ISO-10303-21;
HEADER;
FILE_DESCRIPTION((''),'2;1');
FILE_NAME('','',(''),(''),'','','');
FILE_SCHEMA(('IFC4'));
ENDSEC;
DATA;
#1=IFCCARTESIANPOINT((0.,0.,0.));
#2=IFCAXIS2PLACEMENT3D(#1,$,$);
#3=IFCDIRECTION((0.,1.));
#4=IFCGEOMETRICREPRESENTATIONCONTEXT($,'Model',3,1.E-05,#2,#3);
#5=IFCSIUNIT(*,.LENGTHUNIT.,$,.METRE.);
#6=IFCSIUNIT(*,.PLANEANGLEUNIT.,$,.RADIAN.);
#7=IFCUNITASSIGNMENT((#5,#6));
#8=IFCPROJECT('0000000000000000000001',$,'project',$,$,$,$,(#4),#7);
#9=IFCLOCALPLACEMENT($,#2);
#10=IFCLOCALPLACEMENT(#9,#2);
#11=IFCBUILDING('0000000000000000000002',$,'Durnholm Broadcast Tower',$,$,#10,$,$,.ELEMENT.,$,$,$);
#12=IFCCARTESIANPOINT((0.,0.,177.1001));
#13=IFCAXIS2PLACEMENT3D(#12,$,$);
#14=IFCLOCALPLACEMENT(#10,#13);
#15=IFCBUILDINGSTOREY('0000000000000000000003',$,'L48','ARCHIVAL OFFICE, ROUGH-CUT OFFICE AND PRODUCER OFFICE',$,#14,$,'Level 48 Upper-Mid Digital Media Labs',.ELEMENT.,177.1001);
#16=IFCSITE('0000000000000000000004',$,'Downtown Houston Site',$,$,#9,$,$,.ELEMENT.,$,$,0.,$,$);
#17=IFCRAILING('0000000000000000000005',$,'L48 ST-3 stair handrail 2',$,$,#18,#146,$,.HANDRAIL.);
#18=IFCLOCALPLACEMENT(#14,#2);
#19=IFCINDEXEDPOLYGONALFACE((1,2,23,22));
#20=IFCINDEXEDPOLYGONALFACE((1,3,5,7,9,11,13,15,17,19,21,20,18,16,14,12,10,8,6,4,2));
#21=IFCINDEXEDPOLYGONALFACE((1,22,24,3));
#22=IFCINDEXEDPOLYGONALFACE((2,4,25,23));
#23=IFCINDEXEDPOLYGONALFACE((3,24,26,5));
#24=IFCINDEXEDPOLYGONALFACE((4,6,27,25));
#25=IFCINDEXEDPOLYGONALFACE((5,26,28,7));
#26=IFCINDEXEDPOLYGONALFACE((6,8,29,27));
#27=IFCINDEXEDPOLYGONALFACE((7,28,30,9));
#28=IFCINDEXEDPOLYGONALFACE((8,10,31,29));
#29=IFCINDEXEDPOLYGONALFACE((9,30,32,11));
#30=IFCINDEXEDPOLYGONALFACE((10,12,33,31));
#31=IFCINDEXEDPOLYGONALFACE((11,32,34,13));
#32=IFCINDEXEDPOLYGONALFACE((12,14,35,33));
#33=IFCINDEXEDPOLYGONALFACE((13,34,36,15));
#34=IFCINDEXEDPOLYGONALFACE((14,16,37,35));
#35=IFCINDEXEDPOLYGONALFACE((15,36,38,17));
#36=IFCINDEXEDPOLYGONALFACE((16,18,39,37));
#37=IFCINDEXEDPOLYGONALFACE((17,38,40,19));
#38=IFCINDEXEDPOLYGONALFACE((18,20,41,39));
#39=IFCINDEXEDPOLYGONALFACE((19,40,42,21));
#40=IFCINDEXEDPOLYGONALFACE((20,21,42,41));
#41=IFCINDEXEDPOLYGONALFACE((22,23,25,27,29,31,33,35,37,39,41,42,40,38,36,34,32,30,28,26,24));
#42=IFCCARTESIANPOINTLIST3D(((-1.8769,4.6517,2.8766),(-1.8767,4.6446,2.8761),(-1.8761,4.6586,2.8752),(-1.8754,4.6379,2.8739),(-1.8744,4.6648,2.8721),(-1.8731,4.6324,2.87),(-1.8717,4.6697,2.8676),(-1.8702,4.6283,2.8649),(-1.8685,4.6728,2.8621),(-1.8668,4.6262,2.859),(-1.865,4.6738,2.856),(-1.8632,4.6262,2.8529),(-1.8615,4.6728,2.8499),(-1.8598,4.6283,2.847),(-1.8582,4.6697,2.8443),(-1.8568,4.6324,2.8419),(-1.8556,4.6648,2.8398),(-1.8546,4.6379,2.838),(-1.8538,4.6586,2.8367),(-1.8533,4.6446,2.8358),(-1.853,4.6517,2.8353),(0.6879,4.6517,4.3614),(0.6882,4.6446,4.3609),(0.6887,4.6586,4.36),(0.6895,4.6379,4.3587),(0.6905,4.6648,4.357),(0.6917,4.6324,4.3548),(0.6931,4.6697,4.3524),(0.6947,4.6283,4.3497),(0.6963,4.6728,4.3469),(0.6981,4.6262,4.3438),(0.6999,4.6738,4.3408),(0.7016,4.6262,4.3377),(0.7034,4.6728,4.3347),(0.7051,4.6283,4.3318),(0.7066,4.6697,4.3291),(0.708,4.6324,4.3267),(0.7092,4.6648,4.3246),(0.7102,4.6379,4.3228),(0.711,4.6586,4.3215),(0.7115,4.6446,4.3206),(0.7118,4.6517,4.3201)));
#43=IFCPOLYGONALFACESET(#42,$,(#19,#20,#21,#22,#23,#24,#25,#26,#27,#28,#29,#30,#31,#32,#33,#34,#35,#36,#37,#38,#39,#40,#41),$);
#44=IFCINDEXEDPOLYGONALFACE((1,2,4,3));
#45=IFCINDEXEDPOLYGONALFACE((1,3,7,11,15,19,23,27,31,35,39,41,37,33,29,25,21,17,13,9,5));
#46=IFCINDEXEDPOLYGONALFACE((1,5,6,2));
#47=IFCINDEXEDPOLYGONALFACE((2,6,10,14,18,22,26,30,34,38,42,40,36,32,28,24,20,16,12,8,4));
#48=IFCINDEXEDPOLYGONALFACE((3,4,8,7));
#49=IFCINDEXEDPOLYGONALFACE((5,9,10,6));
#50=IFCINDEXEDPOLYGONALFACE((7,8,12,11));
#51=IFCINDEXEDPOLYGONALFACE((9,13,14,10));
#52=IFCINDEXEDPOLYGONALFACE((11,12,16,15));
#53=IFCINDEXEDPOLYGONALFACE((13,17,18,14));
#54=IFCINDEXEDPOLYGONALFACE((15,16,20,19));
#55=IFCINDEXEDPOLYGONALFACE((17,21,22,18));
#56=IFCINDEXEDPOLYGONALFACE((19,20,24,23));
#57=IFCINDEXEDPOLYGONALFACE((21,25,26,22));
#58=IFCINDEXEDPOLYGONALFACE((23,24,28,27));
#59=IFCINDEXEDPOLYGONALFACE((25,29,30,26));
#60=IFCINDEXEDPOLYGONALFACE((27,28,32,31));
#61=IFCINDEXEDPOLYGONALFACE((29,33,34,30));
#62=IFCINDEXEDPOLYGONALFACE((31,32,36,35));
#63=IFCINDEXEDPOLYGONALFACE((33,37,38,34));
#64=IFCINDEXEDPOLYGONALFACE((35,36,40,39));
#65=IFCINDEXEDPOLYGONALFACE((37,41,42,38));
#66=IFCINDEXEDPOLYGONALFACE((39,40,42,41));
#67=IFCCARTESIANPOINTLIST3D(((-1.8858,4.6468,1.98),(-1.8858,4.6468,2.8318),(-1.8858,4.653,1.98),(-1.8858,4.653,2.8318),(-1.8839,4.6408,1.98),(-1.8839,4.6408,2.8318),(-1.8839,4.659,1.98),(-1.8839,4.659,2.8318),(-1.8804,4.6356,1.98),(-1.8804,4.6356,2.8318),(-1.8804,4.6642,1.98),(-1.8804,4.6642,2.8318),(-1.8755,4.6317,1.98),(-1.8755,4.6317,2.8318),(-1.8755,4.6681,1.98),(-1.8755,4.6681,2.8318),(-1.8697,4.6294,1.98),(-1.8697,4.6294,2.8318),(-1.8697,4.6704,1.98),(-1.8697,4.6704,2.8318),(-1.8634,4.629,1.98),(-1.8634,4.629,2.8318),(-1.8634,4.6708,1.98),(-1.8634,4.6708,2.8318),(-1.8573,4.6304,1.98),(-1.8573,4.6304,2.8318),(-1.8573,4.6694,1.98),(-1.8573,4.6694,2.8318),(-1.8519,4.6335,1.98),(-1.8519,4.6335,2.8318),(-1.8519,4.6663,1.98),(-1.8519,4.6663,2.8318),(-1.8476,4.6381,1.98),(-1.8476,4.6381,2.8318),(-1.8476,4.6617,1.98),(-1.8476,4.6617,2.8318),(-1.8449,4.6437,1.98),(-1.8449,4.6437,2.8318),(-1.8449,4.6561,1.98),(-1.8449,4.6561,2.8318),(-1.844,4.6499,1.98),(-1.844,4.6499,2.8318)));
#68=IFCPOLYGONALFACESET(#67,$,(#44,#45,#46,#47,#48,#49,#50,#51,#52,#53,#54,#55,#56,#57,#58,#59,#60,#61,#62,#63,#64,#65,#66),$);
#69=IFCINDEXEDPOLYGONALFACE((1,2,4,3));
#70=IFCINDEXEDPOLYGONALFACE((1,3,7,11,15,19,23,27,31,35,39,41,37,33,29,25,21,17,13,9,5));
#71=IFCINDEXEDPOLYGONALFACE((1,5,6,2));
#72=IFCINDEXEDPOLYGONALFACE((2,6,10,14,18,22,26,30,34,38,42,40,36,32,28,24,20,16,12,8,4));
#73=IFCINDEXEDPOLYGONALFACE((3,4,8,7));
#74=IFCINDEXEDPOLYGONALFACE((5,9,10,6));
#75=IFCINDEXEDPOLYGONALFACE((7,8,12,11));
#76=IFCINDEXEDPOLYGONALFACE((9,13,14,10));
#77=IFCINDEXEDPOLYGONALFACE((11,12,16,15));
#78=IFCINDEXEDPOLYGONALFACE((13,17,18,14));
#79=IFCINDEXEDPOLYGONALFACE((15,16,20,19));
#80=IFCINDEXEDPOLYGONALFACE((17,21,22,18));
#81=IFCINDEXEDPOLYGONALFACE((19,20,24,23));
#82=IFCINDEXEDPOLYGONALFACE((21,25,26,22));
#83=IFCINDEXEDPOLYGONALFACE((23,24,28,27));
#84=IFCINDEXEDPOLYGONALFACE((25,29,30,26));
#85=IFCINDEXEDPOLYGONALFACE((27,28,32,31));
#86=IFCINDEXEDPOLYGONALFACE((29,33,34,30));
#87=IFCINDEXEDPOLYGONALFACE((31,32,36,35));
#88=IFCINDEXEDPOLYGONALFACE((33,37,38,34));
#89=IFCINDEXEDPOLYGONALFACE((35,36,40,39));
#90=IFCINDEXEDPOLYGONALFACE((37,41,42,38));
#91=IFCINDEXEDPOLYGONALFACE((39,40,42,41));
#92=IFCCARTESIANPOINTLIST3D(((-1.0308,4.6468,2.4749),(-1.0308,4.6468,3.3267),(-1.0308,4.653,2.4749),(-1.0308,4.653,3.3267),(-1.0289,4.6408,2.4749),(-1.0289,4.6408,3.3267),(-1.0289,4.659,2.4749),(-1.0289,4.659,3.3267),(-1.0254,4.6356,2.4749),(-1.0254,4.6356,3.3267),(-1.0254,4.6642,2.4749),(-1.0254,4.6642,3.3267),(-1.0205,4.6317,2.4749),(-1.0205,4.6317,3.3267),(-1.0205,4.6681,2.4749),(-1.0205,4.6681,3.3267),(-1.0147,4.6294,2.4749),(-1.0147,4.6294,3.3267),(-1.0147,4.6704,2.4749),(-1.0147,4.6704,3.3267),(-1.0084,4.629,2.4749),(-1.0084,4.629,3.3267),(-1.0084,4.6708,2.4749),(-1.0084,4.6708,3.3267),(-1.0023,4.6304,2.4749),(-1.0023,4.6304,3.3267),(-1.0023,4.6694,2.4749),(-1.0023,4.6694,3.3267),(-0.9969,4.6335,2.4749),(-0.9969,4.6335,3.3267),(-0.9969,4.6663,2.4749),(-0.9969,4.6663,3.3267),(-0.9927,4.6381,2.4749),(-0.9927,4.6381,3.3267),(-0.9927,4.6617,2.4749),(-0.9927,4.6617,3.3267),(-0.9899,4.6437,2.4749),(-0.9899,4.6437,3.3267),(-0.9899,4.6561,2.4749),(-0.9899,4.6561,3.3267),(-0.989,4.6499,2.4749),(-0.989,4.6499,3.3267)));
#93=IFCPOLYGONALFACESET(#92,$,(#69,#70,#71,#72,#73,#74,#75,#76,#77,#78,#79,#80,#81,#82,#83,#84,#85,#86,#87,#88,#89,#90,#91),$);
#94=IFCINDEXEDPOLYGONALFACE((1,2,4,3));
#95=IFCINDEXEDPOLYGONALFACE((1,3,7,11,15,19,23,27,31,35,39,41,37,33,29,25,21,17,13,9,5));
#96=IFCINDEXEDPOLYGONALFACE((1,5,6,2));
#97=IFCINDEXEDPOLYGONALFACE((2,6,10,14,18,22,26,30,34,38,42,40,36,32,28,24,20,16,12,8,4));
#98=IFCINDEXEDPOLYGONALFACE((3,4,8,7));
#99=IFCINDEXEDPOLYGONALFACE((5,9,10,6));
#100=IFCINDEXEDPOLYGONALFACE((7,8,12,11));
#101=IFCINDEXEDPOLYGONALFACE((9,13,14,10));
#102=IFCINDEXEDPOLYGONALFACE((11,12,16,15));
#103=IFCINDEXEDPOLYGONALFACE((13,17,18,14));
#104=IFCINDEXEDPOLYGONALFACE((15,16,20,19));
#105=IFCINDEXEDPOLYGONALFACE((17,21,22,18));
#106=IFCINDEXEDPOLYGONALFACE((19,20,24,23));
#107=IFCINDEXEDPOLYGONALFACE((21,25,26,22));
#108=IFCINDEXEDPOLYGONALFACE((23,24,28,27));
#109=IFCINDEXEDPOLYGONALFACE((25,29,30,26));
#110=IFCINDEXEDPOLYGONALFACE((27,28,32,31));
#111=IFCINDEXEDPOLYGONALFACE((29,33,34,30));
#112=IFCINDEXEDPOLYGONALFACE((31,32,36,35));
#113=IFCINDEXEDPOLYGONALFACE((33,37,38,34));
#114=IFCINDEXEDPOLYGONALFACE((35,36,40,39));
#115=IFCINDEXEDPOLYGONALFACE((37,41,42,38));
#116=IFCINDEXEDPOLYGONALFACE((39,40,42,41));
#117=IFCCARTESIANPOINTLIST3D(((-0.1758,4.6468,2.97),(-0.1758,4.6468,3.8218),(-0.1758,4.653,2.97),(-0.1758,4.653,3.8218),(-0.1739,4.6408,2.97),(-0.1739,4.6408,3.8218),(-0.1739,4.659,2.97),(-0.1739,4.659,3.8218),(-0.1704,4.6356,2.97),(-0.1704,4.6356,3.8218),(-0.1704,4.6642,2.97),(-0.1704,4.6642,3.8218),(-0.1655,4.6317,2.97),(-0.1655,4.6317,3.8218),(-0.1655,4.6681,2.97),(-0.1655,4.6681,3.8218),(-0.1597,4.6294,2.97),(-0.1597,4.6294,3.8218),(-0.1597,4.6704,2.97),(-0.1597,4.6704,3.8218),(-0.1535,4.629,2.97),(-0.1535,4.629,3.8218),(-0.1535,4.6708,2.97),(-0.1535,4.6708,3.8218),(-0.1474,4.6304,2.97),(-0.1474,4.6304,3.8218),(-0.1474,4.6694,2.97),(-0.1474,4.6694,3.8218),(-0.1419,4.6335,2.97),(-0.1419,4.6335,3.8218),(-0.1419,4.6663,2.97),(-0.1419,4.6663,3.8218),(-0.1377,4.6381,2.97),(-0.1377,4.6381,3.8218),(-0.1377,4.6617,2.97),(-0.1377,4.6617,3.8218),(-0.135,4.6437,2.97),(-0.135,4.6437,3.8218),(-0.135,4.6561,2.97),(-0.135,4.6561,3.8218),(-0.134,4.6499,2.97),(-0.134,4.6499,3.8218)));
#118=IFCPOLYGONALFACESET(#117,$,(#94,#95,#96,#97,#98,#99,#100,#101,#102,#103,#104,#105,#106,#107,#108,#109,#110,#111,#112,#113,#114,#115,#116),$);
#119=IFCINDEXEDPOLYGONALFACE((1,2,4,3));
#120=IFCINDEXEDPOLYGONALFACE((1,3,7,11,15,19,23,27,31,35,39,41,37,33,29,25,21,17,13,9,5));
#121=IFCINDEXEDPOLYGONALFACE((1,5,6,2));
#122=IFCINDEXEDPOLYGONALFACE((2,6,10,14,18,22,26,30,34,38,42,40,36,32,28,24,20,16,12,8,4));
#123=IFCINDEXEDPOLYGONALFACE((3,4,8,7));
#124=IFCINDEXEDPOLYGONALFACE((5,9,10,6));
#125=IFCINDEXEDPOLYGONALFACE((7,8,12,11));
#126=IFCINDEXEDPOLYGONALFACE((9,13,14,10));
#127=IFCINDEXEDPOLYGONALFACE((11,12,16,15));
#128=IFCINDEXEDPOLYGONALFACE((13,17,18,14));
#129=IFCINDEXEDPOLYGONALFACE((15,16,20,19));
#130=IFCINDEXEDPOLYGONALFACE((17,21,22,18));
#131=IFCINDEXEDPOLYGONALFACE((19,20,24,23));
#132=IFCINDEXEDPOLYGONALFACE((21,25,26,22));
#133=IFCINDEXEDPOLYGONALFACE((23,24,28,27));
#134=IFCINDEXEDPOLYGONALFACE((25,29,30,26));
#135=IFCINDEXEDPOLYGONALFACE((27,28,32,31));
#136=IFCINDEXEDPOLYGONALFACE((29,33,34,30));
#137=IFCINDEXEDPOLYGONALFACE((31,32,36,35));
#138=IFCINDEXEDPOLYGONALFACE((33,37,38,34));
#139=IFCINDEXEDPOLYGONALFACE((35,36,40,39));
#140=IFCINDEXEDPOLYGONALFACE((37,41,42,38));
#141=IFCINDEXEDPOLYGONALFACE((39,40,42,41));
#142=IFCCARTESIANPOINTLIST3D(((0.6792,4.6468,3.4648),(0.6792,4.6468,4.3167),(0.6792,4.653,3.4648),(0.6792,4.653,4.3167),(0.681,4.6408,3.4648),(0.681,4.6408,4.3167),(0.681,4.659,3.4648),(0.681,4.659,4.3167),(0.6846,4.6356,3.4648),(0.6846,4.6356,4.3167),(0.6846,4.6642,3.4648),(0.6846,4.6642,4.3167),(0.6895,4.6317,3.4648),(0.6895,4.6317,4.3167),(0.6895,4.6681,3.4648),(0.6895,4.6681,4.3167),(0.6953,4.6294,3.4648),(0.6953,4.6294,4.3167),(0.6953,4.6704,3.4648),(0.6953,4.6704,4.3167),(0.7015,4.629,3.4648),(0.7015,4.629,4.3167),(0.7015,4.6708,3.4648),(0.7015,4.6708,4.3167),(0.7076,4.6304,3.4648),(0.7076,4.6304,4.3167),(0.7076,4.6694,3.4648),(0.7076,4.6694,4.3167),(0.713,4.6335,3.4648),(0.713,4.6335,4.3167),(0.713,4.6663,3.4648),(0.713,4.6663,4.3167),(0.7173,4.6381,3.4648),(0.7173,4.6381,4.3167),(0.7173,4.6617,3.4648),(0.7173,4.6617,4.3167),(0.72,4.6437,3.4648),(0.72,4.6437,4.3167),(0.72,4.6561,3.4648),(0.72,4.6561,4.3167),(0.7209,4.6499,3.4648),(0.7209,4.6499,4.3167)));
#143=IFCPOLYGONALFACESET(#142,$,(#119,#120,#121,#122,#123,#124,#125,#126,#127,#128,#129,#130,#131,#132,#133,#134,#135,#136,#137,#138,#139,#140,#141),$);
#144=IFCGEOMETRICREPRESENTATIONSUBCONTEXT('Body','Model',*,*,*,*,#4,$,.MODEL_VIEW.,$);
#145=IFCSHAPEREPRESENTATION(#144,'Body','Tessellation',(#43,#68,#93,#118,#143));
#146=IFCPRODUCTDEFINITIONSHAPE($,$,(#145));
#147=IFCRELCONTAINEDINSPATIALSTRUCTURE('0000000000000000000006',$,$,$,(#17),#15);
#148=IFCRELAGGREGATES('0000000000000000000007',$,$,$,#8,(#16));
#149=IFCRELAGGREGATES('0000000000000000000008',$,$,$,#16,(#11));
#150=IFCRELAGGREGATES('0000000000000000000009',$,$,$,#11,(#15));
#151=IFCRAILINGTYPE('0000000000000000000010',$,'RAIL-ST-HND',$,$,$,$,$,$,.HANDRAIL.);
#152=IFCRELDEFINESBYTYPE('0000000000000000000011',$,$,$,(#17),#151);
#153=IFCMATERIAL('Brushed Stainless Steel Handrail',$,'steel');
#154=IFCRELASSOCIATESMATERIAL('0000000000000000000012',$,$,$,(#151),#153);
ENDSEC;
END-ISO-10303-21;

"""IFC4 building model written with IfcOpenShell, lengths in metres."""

from ifc_helpers import new_model, si_unit, direction, frame, origin, origin_2d, place, context, subcontext, project, spatial, circle, extrude, material, type_object, element, save


model = new_model("IFC4")

# Units and contexts
model_context = context("Model", 3, precision=1e-05, world=origin(), true_north=direction((0.0, 1.0)))
body_context = subcontext(model_context, "Body", "Model", "MODEL_VIEW")
ifc_project = project(units=[si_unit("LENGTHUNIT", "METRE"), si_unit("PLANEANGLEUNIT", "RADIAN")], contexts=[model_context])

# Site, building, storey
site_placement = place(None, origin())
site = spatial("IfcSite", under=ifc_project, at=site_placement, Name="Downtown Houston Site", CompositionType="ELEMENT", RefElevation=0.0)
building_placement = place(site_placement, origin())
building = spatial("IfcBuilding", under=site, at=building_placement, Name="Durnholm Broadcast Tower", CompositionType="ELEMENT")
storey_placement = place(building_placement, frame((0.0, 0.0, 177.1001)))
storey = spatial("IfcBuildingStorey", under=building, at=storey_placement, Name="L48", Description="ARCHIVAL OFFICE, ROUGH-CUT OFFICE AND PRODUCER OFFICE", LongName="Level 48 Upper-Mid Digital Media Labs", CompositionType="ELEMENT", Elevation=177.1001)

# Railing
ifc_material_1 = material(Name="Brushed Stainless Steel Handrail", Category="steel")
railing_type_1 = type_object("IfcRailingType", Name="RAIL-ST-HND", PredefinedType="HANDRAIL", material=ifc_material_1)
railing_1_placement = place(storey_placement, frame((-1.865, 4.6499, 1.98)))
element("IfcRailing", 1, at=railing_1_placement, inside=storey, type_object=railing_type_1, Name="L48 ST-3 stair handrail 2", PredefinedType="HANDRAIL", context=body_context, shape_type="SweptSolid", body=[
    extrude(circle(Radius=0.0239, at=origin_2d()), frame((0.0, 0.0, 0.876), z_axis=(0.865441, 0.0, 0.50101), x_axis=(0.0, 1.0, 0.0)), (0.0, 0.0, 1.0), 2.9636),
    extrude(circle(Radius=0.021, at=origin_2d()), origin(), (0.0, 0.0, 1.0), 0.8518),
    extrude(circle(Radius=0.021, at=origin_2d()), frame((0.855, 0.0, 0.4949)), (0.0, 0.0, 1.0), 0.8518),
    extrude(circle(Radius=0.021, at=origin_2d()), frame((1.71, 0.0, 0.99)), (0.0, 0.0, 1.0), 0.8518),
    extrude(circle(Radius=0.021, at=origin_2d()), frame((2.5649, 0.0, 1.4849)), (0.0, 0.0, 1.0), 0.8518),
])

save(model, "model.ifc")
